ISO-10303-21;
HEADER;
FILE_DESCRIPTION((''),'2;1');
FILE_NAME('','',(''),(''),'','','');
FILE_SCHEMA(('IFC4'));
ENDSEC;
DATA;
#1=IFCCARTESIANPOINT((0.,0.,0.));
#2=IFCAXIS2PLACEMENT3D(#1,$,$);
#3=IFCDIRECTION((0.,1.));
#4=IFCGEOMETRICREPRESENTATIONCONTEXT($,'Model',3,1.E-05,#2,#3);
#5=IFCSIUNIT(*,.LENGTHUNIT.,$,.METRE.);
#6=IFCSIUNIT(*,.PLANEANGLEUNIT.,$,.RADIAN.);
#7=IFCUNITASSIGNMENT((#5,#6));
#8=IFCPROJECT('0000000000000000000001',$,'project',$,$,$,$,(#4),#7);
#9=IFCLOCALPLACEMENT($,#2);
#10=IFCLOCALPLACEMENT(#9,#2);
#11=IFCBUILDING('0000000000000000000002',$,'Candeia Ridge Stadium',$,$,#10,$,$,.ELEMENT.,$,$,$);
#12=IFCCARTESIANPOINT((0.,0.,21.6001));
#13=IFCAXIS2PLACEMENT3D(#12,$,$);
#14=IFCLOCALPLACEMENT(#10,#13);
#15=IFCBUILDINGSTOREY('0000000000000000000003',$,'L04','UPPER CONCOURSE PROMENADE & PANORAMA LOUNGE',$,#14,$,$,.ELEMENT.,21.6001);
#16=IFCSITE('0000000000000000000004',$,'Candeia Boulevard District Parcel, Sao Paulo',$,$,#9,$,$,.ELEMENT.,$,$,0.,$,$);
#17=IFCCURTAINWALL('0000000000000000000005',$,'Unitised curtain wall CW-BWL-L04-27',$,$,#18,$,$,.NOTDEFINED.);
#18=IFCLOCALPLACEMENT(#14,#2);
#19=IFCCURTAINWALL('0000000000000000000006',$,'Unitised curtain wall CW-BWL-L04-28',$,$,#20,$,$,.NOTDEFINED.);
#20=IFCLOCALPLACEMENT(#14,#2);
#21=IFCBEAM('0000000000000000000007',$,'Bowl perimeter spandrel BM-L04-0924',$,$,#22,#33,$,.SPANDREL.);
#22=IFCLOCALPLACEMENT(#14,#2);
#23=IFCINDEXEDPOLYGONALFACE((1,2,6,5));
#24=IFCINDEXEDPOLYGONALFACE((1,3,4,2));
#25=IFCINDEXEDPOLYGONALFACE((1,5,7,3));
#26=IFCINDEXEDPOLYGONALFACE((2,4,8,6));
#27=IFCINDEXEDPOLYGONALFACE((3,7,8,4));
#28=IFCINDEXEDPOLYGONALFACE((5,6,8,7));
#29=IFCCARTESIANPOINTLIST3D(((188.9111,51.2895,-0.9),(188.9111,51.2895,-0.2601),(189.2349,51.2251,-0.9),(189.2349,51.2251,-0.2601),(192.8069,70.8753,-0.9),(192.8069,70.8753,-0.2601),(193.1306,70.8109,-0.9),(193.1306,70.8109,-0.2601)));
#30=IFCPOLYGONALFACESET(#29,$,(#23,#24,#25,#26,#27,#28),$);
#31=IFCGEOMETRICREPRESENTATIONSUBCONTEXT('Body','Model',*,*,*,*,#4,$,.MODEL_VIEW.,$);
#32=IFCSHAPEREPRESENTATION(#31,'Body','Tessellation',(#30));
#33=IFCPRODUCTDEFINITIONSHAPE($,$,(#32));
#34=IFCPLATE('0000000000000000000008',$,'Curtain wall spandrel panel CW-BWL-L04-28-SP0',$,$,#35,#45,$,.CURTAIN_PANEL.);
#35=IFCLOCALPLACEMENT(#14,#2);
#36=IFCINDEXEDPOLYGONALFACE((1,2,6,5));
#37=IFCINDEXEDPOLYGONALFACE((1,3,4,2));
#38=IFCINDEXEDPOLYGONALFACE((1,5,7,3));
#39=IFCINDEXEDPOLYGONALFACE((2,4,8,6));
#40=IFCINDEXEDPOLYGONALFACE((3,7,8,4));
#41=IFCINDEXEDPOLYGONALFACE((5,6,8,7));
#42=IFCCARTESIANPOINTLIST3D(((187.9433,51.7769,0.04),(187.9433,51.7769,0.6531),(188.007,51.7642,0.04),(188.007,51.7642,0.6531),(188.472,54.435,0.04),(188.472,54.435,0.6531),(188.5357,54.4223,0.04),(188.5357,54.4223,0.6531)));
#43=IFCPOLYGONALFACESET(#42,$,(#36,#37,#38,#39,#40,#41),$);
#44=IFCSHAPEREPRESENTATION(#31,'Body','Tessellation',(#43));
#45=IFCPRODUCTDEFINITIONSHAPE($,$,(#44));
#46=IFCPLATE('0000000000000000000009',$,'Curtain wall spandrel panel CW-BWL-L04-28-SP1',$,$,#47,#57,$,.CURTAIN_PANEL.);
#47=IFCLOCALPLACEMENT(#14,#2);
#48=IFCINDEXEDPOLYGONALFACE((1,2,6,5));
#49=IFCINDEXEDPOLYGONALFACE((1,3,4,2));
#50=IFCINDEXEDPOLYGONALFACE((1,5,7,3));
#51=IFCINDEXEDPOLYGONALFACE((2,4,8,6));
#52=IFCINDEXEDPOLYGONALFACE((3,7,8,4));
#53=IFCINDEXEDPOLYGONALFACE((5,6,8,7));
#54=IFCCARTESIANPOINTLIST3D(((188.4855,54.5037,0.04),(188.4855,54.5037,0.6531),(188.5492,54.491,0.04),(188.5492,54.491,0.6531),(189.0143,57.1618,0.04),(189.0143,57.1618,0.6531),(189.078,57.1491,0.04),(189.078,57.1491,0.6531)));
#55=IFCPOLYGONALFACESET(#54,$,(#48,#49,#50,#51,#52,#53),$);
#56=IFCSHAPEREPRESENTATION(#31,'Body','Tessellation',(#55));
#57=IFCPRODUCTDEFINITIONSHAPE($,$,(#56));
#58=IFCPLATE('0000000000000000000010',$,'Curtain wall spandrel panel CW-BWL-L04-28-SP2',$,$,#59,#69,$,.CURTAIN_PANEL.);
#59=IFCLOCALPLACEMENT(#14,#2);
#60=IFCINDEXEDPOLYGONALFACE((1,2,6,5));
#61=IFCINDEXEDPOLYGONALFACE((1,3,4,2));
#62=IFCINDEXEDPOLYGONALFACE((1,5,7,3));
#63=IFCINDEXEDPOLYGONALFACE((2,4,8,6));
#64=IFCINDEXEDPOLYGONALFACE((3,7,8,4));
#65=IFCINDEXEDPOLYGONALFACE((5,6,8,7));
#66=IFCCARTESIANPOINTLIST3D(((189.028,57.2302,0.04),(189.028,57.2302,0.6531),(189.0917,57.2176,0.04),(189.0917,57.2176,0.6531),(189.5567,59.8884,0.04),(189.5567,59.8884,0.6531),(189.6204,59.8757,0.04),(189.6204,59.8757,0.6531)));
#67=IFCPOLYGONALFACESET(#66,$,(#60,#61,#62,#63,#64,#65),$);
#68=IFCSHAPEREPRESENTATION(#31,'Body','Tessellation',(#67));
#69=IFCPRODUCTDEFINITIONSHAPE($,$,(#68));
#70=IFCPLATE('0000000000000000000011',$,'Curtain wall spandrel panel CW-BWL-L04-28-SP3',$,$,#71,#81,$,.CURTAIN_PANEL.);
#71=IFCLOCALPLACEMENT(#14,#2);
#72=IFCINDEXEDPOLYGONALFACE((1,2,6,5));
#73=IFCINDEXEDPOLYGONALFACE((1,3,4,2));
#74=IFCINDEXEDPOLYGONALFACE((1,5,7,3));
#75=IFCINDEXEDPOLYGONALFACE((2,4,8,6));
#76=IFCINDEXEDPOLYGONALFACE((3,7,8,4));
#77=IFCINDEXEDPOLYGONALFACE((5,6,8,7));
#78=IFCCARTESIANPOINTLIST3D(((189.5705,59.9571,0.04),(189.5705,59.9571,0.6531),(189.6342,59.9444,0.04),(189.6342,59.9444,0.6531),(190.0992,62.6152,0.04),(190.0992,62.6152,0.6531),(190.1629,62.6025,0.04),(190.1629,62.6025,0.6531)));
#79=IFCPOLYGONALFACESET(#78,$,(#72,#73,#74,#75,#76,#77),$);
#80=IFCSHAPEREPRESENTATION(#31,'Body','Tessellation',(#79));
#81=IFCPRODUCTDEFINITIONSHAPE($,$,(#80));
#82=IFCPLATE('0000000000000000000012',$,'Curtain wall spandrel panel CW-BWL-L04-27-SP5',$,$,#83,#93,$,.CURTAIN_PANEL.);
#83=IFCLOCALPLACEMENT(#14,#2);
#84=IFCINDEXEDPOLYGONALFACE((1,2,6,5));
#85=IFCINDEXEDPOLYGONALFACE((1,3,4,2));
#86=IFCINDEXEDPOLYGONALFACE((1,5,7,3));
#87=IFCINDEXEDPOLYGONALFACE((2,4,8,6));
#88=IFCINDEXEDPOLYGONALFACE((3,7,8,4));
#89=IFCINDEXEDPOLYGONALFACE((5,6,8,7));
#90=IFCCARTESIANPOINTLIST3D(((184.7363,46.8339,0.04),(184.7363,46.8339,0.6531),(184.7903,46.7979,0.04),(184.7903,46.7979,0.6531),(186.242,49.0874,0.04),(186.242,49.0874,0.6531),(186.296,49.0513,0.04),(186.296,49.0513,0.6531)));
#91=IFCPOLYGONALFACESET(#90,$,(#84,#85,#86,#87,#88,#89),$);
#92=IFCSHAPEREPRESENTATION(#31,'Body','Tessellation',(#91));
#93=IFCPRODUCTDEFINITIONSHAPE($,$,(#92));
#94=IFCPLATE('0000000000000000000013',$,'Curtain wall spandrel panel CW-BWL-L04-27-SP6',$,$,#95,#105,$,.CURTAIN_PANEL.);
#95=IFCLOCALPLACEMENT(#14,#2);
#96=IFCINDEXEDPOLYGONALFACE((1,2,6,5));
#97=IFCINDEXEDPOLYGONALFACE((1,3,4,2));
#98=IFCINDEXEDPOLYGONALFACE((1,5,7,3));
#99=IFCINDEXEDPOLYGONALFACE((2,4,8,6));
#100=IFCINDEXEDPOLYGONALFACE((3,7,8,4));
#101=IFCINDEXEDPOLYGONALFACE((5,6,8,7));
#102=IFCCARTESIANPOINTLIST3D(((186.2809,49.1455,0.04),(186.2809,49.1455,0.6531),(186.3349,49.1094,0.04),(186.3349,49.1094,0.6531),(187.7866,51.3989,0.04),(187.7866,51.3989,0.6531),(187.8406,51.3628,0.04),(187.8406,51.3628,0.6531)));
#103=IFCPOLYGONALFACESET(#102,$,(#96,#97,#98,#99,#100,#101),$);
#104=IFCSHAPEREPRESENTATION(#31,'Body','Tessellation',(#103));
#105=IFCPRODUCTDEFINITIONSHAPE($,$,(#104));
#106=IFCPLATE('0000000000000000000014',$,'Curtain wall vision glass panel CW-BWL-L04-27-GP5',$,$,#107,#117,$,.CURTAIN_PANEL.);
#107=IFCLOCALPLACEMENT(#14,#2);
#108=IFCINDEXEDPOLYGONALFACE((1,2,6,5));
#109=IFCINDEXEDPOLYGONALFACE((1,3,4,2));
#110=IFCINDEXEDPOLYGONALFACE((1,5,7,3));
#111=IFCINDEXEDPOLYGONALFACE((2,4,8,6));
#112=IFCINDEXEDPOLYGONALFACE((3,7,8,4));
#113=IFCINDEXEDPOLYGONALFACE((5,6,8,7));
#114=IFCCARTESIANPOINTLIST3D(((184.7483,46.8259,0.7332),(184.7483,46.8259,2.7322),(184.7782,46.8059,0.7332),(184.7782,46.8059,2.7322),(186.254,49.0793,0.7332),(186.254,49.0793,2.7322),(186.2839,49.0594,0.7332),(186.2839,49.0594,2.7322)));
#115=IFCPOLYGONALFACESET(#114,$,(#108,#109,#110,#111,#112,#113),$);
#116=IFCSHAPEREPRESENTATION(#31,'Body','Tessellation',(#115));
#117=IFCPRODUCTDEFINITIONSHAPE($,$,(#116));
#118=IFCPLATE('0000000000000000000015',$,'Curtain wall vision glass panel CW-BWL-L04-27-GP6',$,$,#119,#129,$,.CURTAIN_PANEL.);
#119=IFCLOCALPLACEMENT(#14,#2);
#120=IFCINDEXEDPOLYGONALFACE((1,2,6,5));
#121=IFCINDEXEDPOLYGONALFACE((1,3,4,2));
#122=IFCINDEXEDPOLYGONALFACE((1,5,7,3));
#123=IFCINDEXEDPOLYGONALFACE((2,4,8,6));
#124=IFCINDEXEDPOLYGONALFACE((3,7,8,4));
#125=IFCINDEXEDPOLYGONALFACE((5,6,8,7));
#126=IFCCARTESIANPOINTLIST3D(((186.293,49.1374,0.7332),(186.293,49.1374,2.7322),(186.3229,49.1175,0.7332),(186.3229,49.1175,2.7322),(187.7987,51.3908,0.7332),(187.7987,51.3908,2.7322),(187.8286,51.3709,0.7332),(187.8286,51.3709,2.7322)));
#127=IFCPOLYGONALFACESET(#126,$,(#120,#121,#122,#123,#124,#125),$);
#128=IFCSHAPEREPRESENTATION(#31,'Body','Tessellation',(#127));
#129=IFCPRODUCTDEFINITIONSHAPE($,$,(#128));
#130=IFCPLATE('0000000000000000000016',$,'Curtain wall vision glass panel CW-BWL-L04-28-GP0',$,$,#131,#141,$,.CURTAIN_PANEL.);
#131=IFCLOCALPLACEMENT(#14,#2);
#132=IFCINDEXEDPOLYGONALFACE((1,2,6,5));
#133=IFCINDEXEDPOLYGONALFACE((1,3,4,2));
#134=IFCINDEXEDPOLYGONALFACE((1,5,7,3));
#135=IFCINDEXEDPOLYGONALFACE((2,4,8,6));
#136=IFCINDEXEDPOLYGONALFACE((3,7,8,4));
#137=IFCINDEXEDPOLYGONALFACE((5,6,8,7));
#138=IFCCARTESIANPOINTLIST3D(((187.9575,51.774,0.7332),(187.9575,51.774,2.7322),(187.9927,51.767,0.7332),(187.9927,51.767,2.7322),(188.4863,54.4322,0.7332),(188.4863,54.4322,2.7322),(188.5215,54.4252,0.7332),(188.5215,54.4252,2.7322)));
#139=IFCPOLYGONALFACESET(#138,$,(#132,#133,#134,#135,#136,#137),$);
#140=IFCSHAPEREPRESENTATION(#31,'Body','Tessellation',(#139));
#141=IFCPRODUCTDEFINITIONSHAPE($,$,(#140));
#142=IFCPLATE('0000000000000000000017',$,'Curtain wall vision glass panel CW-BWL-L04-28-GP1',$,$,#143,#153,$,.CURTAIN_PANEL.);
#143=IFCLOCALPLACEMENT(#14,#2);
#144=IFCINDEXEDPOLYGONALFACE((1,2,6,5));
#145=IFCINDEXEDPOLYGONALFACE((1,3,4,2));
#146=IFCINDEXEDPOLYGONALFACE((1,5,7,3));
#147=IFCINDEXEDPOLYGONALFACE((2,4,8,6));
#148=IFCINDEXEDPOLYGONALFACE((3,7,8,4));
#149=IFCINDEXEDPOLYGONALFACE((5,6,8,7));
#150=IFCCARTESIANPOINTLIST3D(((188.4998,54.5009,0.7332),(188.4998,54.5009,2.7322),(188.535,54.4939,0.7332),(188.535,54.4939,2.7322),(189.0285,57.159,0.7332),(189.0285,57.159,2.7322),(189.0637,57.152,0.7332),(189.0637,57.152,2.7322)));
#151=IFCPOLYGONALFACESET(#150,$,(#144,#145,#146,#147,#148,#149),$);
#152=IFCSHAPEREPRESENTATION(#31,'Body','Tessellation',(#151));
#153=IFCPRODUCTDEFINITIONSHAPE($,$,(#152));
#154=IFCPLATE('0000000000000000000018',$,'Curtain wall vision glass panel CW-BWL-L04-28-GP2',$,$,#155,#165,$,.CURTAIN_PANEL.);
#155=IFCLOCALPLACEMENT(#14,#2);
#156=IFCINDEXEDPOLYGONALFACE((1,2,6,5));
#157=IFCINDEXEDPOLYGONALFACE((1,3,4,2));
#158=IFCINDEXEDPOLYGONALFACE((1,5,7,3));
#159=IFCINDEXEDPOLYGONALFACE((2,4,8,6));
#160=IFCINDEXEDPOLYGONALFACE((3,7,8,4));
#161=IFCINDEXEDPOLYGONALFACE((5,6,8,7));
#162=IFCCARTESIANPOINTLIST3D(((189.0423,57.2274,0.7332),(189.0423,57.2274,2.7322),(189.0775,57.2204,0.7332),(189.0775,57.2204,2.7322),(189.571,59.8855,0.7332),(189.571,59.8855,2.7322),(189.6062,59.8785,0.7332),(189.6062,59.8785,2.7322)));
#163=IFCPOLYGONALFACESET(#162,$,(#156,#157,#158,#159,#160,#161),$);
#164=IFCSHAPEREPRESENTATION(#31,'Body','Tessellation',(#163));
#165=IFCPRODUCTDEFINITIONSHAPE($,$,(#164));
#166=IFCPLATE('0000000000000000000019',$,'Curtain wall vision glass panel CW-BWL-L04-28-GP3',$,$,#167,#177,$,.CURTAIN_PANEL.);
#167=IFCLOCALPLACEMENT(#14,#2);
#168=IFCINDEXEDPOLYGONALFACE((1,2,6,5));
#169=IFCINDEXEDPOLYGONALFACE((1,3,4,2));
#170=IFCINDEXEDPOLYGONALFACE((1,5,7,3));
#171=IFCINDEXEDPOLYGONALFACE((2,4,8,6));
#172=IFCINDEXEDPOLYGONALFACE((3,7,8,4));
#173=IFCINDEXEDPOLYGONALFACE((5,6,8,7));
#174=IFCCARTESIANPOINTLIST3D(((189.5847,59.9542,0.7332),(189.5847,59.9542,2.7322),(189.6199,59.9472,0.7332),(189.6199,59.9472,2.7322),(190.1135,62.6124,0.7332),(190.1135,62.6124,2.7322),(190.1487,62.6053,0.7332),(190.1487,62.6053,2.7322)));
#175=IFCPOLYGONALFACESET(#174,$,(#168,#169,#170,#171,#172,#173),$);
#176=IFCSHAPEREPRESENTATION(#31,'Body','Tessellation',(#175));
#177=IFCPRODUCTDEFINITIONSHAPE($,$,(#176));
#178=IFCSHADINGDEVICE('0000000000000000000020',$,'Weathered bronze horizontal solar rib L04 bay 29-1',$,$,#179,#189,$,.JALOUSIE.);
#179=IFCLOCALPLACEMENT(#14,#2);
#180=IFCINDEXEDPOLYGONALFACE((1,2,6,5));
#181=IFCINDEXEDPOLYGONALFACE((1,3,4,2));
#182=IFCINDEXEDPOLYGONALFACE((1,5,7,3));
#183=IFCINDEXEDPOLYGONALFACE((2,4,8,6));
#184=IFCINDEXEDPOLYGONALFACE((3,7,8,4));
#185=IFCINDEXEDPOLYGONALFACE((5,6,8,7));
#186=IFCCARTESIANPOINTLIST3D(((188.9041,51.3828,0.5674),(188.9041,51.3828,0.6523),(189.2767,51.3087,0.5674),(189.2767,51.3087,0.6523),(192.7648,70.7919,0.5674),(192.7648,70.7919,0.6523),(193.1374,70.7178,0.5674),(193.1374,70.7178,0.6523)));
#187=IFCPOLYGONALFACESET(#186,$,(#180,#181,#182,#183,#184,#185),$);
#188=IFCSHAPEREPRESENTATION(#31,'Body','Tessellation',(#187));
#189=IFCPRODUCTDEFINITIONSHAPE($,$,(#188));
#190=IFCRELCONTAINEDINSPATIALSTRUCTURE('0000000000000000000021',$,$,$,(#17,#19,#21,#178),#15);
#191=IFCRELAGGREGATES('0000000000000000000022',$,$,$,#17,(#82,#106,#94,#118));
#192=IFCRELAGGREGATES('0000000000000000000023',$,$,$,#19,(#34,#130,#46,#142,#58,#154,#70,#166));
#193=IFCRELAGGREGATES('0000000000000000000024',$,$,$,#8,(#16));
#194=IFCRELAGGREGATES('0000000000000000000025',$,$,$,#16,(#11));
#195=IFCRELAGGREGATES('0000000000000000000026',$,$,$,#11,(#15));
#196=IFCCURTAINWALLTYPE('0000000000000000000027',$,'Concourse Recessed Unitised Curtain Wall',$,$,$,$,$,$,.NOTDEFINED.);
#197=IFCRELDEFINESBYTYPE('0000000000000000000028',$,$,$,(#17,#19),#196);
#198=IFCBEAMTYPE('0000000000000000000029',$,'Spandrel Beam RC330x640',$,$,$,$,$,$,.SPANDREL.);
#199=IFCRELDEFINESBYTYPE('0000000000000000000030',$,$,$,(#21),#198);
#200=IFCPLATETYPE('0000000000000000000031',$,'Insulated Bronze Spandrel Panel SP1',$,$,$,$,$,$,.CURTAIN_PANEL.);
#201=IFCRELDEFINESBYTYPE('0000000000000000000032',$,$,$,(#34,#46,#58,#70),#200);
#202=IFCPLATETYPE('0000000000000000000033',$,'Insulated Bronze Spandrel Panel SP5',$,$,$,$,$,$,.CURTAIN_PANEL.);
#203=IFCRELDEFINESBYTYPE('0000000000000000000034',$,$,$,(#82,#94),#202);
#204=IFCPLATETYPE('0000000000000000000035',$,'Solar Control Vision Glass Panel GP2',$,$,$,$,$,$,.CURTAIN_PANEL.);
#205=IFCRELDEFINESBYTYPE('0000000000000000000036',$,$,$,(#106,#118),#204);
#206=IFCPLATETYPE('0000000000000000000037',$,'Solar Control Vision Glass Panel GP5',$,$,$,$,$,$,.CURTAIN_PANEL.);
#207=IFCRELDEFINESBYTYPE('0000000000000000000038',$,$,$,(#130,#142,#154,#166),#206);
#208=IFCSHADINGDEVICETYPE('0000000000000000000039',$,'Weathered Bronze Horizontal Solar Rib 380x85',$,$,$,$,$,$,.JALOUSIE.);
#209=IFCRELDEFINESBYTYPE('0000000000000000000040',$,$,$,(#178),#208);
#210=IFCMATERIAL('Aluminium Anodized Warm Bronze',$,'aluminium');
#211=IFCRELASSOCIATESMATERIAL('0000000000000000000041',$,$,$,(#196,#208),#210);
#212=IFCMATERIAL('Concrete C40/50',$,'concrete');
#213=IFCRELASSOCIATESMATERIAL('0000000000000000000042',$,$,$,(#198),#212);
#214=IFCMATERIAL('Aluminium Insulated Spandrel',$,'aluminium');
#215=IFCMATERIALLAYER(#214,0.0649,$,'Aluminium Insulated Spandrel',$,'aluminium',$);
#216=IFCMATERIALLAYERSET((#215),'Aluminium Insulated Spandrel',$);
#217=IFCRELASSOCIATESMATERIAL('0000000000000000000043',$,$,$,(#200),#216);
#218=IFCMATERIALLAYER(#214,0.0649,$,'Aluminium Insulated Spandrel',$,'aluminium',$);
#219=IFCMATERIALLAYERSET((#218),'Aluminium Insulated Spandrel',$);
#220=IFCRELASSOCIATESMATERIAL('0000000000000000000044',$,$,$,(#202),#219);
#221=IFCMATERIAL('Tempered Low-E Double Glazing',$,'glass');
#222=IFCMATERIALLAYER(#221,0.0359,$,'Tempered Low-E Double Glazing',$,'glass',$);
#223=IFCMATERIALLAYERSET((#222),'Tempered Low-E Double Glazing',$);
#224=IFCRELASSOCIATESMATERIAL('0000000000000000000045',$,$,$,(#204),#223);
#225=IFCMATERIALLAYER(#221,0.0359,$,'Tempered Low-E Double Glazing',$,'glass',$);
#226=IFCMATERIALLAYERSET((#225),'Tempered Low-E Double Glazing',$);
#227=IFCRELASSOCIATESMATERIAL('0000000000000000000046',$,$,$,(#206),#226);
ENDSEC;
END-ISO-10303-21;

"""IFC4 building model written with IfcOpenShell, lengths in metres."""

from ifc_helpers import new_model, si_unit, direction, frame, origin, origin_2d, place, context, subcontext, project, spatial, rectangle, extrude, material, layer, layer_set, material_profile, profile_set, type_object, element, aggregate, save


model = new_model("IFC4")

# Units and contexts
model_context = context("Model", 3, precision=1e-05, world=origin(), true_north=direction((0.0, 1.0)))
body_context = subcontext(model_context, "Body", "Model", "MODEL_VIEW")
ifc_project = project(units=[si_unit("LENGTHUNIT", "METRE"), si_unit("PLANEANGLEUNIT", "RADIAN")], contexts=[model_context])

# Site, building, storey
site_placement = place(None, origin())
site = spatial("IfcSite", under=ifc_project, at=site_placement, Name="Candeia Boulevard District Parcel, Sao Paulo", CompositionType="ELEMENT", RefElevation=0.0)
building_placement = place(site_placement, origin())
building = spatial("IfcBuilding", under=site, at=building_placement, Name="Candeia Ridge Stadium", CompositionType="ELEMENT")
storey_placement = place(building_placement, frame((0.0, 0.0, 21.6001)))
storey = spatial("IfcBuildingStorey", under=building, at=storey_placement, Name="L04", Description="UPPER CONCOURSE PROMENADE & PANORAMA LOUNGE", CompositionType="ELEMENT", Elevation=21.6001)

# Curtain walls
ifc_material_1 = material(Name="Aluminium Anodized Warm Bronze", Category="aluminium")
curtain_wall_type = type_object("IfcCurtainWallType", Name="Concourse Recessed Unitised Curtain Wall", PredefinedType="NOTDEFINED", material=ifc_material_1)
curtain_wall_1_placement = place(storey_placement, origin())
curtain_wall_1 = element("IfcCurtainWall", 1, at=curtain_wall_1_placement, inside=storey, type_object=curtain_wall_type, Name="Unitised curtain wall CW-BWL-L04-27", PredefinedType="NOTDEFINED")
curtain_wall_2_placement = place(storey_placement, origin())
curtain_wall_2 = element("IfcCurtainWall", 2, at=curtain_wall_2_placement, inside=storey, type_object=curtain_wall_type, Name="Unitised curtain wall CW-BWL-L04-28", PredefinedType="NOTDEFINED")

# Beam
ifc_material_2 = material(Name="Concrete C40/50", Category="concrete")
ifc_material_profile_1 = material_profile(ifc_material_2, rectangle(XDim=0.3301, YDim=0.6399, at=origin_2d()), Name="RC330x640", Category="concrete")
ifc_profile_set_1 = profile_set([ifc_material_profile_1], Name="Concrete C40/50")
beam_type_1 = type_object("IfcBeamType", Name="Spandrel Beam RC330x640", PredefinedType="SPANDREL", material=ifc_profile_set_1)
beam_1_placement = place(storey_placement, frame((189.073, 51.2573, -0.5801), z_axis=(0.195086, 0.980786, 0.0), x_axis=(-0.980786, 0.195086, 0.0)))
element("IfcBeam", 3, at=beam_1_placement, inside=storey, type_object=beam_type_1, Name="Bowl perimeter spandrel BM-L04-0924", PredefinedType="SPANDREL", context=body_context, shape_type="SweptSolid", body=[
    extrude(rectangle(XDim=0.3301, YDim=0.6399, at=origin_2d()), origin(), (0.0, 0.0, 1.0), 19.9695),
])

# Plates
ifc_material_3 = material(Name="Aluminium Insulated Spandrel", Category="aluminium")
ifc_layer_1 = layer(ifc_material_3, 0.0649, Name="Aluminium Insulated Spandrel", Category="aluminium")
ifc_layer_set_1 = layer_set([ifc_layer_1], Name="Aluminium Insulated Spandrel")
plate_type_1 = type_object("IfcPlateType", Name="Insulated Bronze Spandrel Panel SP1", PredefinedType="CURTAIN_PANEL", material=ifc_layer_set_1)
plate_1_placement = place(storey_placement, frame((188.2395, 53.0996, 0.04), z_axis=(0.0, 0.0, 1.0), x_axis=(0.19509, 0.980785, 0.0)))
plate_1 = element("IfcPlate", 4, at=plate_1_placement, type_object=plate_type_1, Name="Curtain wall spandrel panel CW-BWL-L04-28-SP0", PredefinedType="CURTAIN_PANEL", context=body_context, shape_type="SweptSolid", body=[
    extrude(rectangle(XDim=2.7102, YDim=0.0649, at=origin_2d()), origin(), (0.0, 0.0, 1.0), 0.613),
])
plate_2_placement = place(storey_placement, frame((188.7817, 55.8264, 0.04), z_axis=(0.0, 0.0, 1.0), x_axis=(0.19509, 0.980785, 0.0)))
plate_2 = element("IfcPlate", 5, at=plate_2_placement, type_object=plate_type_1, Name="Curtain wall spandrel panel CW-BWL-L04-28-SP1", PredefinedType="CURTAIN_PANEL", context=body_context, shape_type="SweptSolid", body=[
    extrude(rectangle(XDim=2.7102, YDim=0.0649, at=origin_2d()), origin(), (0.0, 0.0, 1.0), 0.613),
])
plate_3_placement = place(storey_placement, frame((189.3242, 58.553, 0.04), z_axis=(0.0, 0.0, 1.0), x_axis=(0.19509, 0.980785, 0.0)))
plate_3 = element("IfcPlate", 6, at=plate_3_placement, type_object=plate_type_1, Name="Curtain wall spandrel panel CW-BWL-L04-28-SP2", PredefinedType="CURTAIN_PANEL", context=body_context, shape_type="SweptSolid", body=[
    extrude(rectangle(XDim=2.7102, YDim=0.0649, at=origin_2d()), origin(), (0.0, 0.0, 1.0), 0.613),
])
plate_4_placement = place(storey_placement, frame((189.8667, 61.2798, 0.04), z_axis=(0.0, 0.0, 1.0), x_axis=(0.19509, 0.980785, 0.0)))
plate_4 = element("IfcPlate", 7, at=plate_4_placement, type_object=plate_type_1, Name="Curtain wall spandrel panel CW-BWL-L04-28-SP3", PredefinedType="CURTAIN_PANEL", context=body_context, shape_type="SweptSolid", body=[
    extrude(rectangle(XDim=2.7102, YDim=0.0649, at=origin_2d()), origin(), (0.0, 0.0, 1.0), 0.613),
])
ifc_layer_2 = layer(ifc_material_3, 0.0649, Name="Aluminium Insulated Spandrel", Category="aluminium")
ifc_layer_set_2 = layer_set([ifc_layer_2], Name="Aluminium Insulated Spandrel")
plate_type_2 = type_object("IfcPlateType", Name="Insulated Bronze Spandrel Panel SP5", PredefinedType="CURTAIN_PANEL", material=ifc_layer_set_2)
plate_5_placement = place(storey_placement, frame((185.5161, 47.9426, 0.04), z_axis=(0.0, 0.0, 1.0), x_axis=(0.555571, 0.831469, 0.0)))
plate_5 = element("IfcPlate", 8, at=plate_5_placement, type_object=plate_type_2, Name="Curtain wall spandrel panel CW-BWL-L04-27-SP5", PredefinedType="CURTAIN_PANEL", context=body_context, shape_type="SweptSolid", body=[
    extrude(rectangle(XDim=2.7102, YDim=0.0649, at=origin_2d()), origin(), (0.0, 0.0, 1.0), 0.613),
])
plate_6_placement = place(storey_placement, frame((187.0608, 50.2542, 0.04), z_axis=(0.0, 0.0, 1.0), x_axis=(0.555571, 0.831469, 0.0)))
plate_6 = element("IfcPlate", 9, at=plate_6_placement, type_object=plate_type_2, Name="Curtain wall spandrel panel CW-BWL-L04-27-SP6", PredefinedType="CURTAIN_PANEL", context=body_context, shape_type="SweptSolid", body=[
    extrude(rectangle(XDim=2.7102, YDim=0.0649, at=origin_2d()), origin(), (0.0, 0.0, 1.0), 0.613),
])
ifc_material_4 = material(Name="Tempered Low-E Double Glazing", Category="glass")
ifc_layer_3 = layer(ifc_material_4, 0.0359, Name="Tempered Low-E Double Glazing", Category="glass")
ifc_layer_set_3 = layer_set([ifc_layer_3], Name="Tempered Low-E Double Glazing")
plate_type_3 = type_object("IfcPlateType", Name="Solar Control Vision Glass Panel GP2", PredefinedType="CURTAIN_PANEL", material=ifc_layer_set_3)
plate_7_placement = place(storey_placement, frame((185.5161, 47.9426, 0.7332), z_axis=(0.0, 0.0, 1.0), x_axis=(0.555571, 0.831469, 0.0)))
plate_7 = element("IfcPlate", 10, at=plate_7_placement, type_object=plate_type_3, Name="Curtain wall vision glass panel CW-BWL-L04-27-GP5", PredefinedType="CURTAIN_PANEL", context=body_context, shape_type="SweptSolid", body=[
    extrude(rectangle(XDim=2.7102, YDim=0.0359, at=origin_2d()), origin(), (0.0, 0.0, 1.0), 1.999),
])
plate_8_placement = place(storey_placement, frame((187.0608, 50.2542, 0.7332), z_axis=(0.0, 0.0, 1.0), x_axis=(0.555571, 0.831469, 0.0)))
plate_8 = element("IfcPlate", 11, at=plate_8_placement, type_object=plate_type_3, Name="Curtain wall vision glass panel CW-BWL-L04-27-GP6", PredefinedType="CURTAIN_PANEL", context=body_context, shape_type="SweptSolid", body=[
    extrude(rectangle(XDim=2.7102, YDim=0.0359, at=origin_2d()), origin(), (0.0, 0.0, 1.0), 1.999),
])
aggregate(curtain_wall_1, [plate_5, plate_7, plate_6, plate_8])
ifc_layer_4 = layer(ifc_material_4, 0.0359, Name="Tempered Low-E Double Glazing", Category="glass")
ifc_layer_set_4 = layer_set([ifc_layer_4], Name="Tempered Low-E Double Glazing")
plate_type_4 = type_object("IfcPlateType", Name="Solar Control Vision Glass Panel GP5", PredefinedType="CURTAIN_PANEL", material=ifc_layer_set_4)
plate_9_placement = place(storey_placement, frame((188.2395, 53.0996, 0.7332), z_axis=(0.0, 0.0, 1.0), x_axis=(0.19509, 0.980785, 0.0)))
plate_9 = element("IfcPlate", 12, at=plate_9_placement, type_object=plate_type_4, Name="Curtain wall vision glass panel CW-BWL-L04-28-GP0", PredefinedType="CURTAIN_PANEL", context=body_context, shape_type="SweptSolid", body=[
    extrude(rectangle(XDim=2.7102, YDim=0.0359, at=origin_2d()), origin(), (0.0, 0.0, 1.0), 1.999),
])
plate_10_placement = place(storey_placement, frame((188.7817, 55.8264, 0.7332), z_axis=(0.0, 0.0, 1.0), x_axis=(0.19509, 0.980785, 0.0)))
plate_10 = element("IfcPlate", 13, at=plate_10_placement, type_object=plate_type_4, Name="Curtain wall vision glass panel CW-BWL-L04-28-GP1", PredefinedType="CURTAIN_PANEL", context=body_context, shape_type="SweptSolid", body=[
    extrude(rectangle(XDim=2.7102, YDim=0.0359, at=origin_2d()), origin(), (0.0, 0.0, 1.0), 1.999),
])
plate_11_placement = place(storey_placement, frame((189.3242, 58.553, 0.7332), z_axis=(0.0, 0.0, 1.0), x_axis=(0.19509, 0.980785, 0.0)))
plate_11 = element("IfcPlate", 14, at=plate_11_placement, type_object=plate_type_4, Name="Curtain wall vision glass panel CW-BWL-L04-28-GP2", PredefinedType="CURTAIN_PANEL", context=body_context, shape_type="SweptSolid", body=[
    extrude(rectangle(XDim=2.7102, YDim=0.0359, at=origin_2d()), origin(), (0.0, 0.0, 1.0), 1.999),
])
plate_12_placement = place(storey_placement, frame((189.8667, 61.2798, 0.7332), z_axis=(0.0, 0.0, 1.0), x_axis=(0.19509, 0.980785, 0.0)))
plate_12 = element("IfcPlate", 15, at=plate_12_placement, type_object=plate_type_4, Name="Curtain wall vision glass panel CW-BWL-L04-28-GP3", PredefinedType="CURTAIN_PANEL", context=body_context, shape_type="SweptSolid", body=[
    extrude(rectangle(XDim=2.7102, YDim=0.0359, at=origin_2d()), origin(), (0.0, 0.0, 1.0), 1.999),
])
aggregate(curtain_wall_2, [plate_1, plate_9, plate_2, plate_10, plate_3, plate_11, plate_4, plate_12])

# Shading device
shading_device_type = type_object("IfcShadingDeviceType", Name="Weathered Bronze Horizontal Solar Rib 380x85", PredefinedType="JALOUSIE", material=ifc_material_1)
for number, where, z_axis, x_axis, name in (
    (16, (191.0208, 61.0503, 0.5674), (0.0, 0.0, 1.0), (0.19509, 0.980785, 0.0), "Weathered bronze horizontal solar rib L04 bay 29-1"),
):
    element("IfcShadingDevice", number, at=place(storey_placement, frame(where, z_axis=z_axis, x_axis=x_axis)), inside=storey, type_object=shading_device_type, Name=name, PredefinedType="JALOUSIE", context=body_context, shape_type="SweptSolid", body=[
        extrude(rectangle(XDim=19.7893, YDim=0.3799, at=origin_2d()), origin(), (0.0, 0.0, 1.0), 0.085),
    ])

save(model, "model.ifc")
